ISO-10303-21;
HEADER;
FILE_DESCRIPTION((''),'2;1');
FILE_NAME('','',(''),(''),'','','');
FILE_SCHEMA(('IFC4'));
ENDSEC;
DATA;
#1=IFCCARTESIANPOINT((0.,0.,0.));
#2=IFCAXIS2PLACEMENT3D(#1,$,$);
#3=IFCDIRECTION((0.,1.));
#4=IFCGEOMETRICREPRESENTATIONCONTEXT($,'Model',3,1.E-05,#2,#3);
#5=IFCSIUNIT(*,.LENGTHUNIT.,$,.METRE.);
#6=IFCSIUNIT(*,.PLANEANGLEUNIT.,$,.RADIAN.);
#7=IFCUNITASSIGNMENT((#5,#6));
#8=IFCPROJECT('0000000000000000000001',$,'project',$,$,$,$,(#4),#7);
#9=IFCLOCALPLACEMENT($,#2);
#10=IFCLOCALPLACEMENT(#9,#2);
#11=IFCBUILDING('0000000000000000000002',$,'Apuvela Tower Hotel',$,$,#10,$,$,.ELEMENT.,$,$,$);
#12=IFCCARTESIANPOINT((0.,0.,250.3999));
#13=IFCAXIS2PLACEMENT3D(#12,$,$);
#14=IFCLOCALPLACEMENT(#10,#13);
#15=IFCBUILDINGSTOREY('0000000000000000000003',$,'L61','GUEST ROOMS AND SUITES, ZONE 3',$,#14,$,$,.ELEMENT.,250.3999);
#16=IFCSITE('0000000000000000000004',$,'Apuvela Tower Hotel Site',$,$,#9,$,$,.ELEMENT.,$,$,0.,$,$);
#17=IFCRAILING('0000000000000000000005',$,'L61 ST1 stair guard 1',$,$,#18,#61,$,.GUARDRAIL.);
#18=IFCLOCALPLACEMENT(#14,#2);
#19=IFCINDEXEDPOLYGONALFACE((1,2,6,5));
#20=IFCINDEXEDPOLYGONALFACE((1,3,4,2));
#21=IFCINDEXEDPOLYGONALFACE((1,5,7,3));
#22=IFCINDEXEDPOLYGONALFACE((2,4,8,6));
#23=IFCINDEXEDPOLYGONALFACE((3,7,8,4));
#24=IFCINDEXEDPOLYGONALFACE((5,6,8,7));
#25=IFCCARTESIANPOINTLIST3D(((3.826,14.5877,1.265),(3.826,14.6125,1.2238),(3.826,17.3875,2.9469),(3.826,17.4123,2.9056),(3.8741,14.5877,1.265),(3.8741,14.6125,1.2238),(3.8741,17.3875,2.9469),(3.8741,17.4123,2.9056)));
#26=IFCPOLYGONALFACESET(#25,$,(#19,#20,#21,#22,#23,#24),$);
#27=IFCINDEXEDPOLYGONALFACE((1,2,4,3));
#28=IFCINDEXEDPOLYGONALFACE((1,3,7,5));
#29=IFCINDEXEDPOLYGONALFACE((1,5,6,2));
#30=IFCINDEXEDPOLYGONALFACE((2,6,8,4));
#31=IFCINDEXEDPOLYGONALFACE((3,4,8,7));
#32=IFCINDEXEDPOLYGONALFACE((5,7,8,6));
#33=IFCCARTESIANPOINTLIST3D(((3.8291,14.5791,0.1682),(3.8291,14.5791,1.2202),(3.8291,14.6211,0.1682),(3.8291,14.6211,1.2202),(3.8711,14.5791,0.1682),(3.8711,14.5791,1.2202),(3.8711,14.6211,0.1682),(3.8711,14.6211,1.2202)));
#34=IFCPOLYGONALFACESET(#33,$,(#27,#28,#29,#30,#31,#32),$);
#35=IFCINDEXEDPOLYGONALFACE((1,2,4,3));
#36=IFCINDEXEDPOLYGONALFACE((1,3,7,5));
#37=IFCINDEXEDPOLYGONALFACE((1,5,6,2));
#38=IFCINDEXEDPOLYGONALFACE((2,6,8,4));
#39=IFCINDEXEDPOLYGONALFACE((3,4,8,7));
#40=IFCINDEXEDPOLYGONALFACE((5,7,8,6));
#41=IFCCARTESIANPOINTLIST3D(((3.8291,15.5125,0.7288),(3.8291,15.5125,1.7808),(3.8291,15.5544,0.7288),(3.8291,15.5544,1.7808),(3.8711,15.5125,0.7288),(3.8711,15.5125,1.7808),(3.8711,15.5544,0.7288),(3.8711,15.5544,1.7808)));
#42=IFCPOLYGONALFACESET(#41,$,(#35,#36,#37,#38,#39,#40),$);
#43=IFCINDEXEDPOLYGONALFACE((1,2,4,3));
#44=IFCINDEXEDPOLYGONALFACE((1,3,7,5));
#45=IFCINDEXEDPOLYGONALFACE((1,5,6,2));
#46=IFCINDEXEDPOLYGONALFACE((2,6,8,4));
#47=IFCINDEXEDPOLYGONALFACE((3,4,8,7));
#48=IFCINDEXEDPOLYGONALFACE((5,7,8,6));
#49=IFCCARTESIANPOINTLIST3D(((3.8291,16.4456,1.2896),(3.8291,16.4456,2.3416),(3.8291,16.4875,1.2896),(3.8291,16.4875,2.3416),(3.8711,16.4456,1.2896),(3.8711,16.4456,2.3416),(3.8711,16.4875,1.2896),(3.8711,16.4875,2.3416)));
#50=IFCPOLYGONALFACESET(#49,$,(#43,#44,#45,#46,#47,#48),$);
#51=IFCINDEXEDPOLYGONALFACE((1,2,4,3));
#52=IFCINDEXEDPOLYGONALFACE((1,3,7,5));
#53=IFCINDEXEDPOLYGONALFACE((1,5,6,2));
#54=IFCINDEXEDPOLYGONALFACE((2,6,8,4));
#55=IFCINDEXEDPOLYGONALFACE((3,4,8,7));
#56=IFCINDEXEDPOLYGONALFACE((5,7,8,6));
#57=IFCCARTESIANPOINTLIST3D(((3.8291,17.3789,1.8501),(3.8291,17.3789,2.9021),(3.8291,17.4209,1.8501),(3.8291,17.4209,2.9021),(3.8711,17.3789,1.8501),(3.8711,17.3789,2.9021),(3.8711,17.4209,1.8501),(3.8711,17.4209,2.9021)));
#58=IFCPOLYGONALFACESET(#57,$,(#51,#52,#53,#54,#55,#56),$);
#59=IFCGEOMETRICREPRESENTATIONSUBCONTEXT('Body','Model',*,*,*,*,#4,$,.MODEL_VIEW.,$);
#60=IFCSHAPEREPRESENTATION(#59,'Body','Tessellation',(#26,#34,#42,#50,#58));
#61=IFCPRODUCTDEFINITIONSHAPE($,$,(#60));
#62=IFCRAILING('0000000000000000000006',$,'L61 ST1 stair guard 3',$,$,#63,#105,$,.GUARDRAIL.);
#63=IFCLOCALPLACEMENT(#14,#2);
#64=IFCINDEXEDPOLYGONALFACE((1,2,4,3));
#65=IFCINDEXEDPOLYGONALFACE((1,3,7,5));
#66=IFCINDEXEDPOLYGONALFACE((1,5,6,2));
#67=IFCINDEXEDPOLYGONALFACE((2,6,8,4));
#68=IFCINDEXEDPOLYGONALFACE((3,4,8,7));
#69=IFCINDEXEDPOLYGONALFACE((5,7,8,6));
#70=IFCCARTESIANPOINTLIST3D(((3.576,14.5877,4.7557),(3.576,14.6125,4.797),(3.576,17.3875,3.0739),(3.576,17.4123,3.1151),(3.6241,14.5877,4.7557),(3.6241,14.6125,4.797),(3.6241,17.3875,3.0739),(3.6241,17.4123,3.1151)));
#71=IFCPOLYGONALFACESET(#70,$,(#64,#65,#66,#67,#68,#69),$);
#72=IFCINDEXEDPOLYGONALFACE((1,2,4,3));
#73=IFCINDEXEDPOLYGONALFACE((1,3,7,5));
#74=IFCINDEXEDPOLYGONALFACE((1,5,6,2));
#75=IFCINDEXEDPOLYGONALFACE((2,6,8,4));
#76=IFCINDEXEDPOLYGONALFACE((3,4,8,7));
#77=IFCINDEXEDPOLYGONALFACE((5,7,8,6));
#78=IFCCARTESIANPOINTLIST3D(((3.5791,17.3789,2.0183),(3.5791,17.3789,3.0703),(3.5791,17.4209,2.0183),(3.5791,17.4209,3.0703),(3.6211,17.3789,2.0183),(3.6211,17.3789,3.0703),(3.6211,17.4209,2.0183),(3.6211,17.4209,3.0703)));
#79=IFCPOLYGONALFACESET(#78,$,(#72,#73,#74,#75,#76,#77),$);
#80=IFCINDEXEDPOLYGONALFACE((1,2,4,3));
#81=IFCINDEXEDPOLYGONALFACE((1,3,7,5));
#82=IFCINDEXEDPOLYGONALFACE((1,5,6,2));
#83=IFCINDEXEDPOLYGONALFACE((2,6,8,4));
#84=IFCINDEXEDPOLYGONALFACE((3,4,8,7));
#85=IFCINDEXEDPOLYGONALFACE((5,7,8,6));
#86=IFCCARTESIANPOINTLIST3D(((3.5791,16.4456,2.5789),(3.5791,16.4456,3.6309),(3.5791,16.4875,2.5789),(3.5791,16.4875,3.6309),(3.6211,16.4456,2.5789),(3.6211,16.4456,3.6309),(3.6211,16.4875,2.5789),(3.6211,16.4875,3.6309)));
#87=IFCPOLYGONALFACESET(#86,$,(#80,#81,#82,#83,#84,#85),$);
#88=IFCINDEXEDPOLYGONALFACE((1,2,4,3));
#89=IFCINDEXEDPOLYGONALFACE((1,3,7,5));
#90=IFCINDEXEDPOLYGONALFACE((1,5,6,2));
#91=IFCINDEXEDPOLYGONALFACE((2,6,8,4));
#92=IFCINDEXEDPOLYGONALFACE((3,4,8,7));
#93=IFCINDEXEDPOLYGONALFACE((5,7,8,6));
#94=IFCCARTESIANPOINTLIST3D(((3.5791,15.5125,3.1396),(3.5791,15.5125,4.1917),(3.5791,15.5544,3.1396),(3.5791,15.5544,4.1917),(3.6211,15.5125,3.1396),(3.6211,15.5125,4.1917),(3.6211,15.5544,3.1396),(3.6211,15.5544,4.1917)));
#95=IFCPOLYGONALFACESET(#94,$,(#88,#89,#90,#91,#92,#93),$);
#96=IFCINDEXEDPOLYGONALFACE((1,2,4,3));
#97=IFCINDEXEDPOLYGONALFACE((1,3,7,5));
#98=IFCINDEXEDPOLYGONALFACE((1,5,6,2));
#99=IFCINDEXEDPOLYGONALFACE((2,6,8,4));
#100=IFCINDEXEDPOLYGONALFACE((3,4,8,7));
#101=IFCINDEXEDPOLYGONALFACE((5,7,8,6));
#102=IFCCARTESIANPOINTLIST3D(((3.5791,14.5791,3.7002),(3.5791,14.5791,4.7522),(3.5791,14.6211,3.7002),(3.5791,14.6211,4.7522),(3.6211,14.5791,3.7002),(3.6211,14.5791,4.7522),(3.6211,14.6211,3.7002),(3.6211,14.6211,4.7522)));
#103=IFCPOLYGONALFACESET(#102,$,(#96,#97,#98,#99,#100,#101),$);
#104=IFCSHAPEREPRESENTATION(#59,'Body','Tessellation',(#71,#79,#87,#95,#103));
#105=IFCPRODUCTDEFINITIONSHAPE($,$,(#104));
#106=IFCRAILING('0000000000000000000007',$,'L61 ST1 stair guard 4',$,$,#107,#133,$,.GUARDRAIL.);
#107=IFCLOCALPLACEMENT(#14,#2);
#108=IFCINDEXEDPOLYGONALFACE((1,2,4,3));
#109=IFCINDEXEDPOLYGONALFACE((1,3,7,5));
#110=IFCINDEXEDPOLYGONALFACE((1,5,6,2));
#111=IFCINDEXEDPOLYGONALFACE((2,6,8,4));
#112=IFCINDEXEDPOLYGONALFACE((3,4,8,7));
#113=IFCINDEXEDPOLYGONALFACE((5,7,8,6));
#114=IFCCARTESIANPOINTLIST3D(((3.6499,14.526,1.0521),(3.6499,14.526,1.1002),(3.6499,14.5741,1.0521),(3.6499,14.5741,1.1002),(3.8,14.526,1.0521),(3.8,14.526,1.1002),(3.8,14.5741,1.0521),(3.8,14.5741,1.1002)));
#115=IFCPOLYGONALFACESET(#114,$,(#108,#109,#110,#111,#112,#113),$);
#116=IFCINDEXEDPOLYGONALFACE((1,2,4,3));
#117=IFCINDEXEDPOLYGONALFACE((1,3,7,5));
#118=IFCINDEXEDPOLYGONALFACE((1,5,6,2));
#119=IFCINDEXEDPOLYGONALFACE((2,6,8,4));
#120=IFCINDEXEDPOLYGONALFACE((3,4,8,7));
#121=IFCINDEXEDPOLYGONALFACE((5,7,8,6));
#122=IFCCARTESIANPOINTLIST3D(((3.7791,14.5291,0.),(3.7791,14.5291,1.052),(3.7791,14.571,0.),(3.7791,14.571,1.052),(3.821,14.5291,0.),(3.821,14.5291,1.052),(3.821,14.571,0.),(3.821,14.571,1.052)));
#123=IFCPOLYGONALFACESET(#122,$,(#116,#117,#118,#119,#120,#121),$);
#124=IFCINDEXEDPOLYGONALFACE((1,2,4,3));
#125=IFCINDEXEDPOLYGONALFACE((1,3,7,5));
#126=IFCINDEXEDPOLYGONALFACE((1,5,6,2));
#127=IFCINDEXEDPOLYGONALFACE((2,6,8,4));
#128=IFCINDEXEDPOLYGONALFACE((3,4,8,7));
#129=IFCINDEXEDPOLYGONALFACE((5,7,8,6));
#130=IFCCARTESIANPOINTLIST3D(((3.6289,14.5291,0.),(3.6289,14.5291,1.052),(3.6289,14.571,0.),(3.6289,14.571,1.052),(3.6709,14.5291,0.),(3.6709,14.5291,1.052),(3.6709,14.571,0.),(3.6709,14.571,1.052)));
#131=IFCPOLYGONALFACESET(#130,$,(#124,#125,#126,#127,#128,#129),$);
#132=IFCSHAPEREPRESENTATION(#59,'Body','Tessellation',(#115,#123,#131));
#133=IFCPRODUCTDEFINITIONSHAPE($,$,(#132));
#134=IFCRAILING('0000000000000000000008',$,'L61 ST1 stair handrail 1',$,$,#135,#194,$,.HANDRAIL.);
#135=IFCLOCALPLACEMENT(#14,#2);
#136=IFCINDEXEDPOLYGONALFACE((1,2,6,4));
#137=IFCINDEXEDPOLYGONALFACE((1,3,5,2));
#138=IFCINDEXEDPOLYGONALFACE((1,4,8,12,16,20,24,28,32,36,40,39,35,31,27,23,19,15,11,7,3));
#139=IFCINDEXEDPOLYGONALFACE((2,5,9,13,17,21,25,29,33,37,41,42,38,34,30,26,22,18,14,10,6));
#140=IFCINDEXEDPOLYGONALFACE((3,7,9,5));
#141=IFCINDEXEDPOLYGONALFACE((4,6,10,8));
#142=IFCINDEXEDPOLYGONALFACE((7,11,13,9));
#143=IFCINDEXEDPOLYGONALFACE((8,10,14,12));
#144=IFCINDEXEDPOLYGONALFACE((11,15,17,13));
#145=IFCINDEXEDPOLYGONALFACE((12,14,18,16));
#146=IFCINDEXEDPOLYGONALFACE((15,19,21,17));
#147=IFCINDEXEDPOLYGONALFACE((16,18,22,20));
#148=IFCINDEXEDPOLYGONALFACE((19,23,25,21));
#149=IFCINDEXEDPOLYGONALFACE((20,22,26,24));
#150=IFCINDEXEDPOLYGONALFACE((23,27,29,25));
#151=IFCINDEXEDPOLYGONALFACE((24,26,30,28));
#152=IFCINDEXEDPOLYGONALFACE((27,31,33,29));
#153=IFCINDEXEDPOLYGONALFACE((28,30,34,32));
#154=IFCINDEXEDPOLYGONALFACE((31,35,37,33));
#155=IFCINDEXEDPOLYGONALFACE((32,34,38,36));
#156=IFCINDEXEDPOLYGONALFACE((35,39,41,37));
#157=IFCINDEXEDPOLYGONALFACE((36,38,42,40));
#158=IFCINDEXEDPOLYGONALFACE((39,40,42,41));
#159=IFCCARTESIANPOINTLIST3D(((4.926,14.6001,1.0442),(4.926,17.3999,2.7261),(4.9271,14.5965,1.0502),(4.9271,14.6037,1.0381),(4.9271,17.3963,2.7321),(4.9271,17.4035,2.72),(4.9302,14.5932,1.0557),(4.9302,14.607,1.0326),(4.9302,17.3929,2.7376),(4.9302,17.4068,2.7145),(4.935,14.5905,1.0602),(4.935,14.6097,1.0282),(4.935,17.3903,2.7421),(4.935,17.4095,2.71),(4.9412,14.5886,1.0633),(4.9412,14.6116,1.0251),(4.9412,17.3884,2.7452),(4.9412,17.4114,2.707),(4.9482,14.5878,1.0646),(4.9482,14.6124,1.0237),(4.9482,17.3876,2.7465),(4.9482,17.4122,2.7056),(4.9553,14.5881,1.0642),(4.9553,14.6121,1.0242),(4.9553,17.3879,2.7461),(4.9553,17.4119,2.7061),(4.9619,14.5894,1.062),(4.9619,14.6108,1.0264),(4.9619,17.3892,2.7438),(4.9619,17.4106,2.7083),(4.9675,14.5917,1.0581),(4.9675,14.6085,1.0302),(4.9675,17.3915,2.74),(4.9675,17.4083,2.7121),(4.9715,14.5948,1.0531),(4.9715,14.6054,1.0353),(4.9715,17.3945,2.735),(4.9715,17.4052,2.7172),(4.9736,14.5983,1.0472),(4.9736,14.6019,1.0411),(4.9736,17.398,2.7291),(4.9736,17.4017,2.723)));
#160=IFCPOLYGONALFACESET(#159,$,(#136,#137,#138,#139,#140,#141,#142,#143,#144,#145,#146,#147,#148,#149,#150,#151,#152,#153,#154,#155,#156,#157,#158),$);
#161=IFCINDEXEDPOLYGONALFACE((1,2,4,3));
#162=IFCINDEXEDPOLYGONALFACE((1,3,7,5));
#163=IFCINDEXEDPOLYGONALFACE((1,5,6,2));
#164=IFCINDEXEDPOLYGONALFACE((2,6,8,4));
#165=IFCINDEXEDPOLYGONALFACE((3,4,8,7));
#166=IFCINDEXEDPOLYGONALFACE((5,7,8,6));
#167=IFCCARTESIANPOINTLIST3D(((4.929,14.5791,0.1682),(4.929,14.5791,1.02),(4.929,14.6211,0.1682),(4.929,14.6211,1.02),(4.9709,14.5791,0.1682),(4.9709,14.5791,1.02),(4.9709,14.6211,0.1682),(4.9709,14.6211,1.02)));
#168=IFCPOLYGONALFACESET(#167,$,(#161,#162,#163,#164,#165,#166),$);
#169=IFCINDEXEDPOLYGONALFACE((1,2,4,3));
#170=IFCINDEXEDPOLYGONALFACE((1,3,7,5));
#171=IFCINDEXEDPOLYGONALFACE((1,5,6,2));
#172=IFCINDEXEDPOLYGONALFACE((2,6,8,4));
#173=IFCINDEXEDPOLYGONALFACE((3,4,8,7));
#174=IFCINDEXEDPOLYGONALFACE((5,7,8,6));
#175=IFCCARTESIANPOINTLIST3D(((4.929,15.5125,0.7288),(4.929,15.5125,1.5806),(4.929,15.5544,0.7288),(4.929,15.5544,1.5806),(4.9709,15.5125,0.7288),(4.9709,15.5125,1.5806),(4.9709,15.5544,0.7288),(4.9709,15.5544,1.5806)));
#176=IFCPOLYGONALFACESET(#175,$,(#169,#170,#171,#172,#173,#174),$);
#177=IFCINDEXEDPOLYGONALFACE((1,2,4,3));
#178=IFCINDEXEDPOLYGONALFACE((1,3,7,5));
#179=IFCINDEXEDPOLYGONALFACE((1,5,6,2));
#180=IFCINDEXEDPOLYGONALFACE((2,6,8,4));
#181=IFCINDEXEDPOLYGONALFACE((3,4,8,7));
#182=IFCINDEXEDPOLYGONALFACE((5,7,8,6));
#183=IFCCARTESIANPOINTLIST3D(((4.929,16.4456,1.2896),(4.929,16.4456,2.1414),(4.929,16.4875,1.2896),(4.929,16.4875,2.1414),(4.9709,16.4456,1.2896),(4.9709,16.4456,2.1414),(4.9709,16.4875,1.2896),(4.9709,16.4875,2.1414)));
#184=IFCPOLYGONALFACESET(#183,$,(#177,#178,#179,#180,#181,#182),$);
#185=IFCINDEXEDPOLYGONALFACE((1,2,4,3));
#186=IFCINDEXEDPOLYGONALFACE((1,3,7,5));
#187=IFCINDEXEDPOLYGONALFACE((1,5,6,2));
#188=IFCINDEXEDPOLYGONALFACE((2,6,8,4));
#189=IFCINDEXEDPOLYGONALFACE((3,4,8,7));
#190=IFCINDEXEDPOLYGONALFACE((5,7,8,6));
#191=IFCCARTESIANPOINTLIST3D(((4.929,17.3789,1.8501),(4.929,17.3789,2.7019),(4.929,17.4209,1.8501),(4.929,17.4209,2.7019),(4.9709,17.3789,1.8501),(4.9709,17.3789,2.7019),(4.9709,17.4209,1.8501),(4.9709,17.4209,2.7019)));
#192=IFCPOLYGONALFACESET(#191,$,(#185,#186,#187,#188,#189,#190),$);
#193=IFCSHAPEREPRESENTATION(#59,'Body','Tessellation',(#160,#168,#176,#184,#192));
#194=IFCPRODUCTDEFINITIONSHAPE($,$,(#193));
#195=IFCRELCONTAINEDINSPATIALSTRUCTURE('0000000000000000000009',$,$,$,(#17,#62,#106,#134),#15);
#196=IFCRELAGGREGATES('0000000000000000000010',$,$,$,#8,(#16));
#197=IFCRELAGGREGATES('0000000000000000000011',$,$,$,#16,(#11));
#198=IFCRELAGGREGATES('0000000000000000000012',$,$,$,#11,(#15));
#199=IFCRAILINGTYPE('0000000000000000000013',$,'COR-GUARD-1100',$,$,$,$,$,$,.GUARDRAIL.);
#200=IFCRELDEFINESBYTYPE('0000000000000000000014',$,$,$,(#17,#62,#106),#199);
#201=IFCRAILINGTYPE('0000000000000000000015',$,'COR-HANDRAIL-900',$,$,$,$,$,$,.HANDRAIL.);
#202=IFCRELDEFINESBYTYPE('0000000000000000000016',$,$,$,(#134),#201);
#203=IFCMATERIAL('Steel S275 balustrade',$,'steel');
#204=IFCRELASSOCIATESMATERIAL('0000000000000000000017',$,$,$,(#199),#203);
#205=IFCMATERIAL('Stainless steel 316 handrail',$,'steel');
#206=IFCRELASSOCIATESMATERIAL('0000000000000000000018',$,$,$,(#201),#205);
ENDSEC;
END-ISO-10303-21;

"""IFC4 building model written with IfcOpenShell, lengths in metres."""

from ifc_helpers import new_model, si_unit, direction, frame, origin, origin_2d, place, context, subcontext, project, spatial, rectangle, circle, extrude, material, type_object, element, save


model = new_model("IFC4")

# Units and contexts
model_context = context("Model", 3, precision=1e-05, world=origin(), true_north=direction((0.0, 1.0)))
body_context = subcontext(model_context, "Body", "Model", "MODEL_VIEW")
ifc_project = project(units=[si_unit("LENGTHUNIT", "METRE"), si_unit("PLANEANGLEUNIT", "RADIAN")], contexts=[model_context])

# Site, building, storey
site_placement = place(None, origin())
site = spatial("IfcSite", under=ifc_project, at=site_placement, Name="Apuvela Tower Hotel Site", CompositionType="ELEMENT", RefElevation=0.0)
building_placement = place(site_placement, origin())
building = spatial("IfcBuilding", under=site, at=building_placement, Name="Apuvela Tower Hotel", CompositionType="ELEMENT")
storey_placement = place(building_placement, frame((0.0, 0.0, 250.3999)))
storey = spatial("IfcBuildingStorey", under=building, at=storey_placement, Name="L61", Description="GUEST ROOMS AND SUITES, ZONE 3", CompositionType="ELEMENT", Elevation=250.3999)

# Railings
ifc_material_1 = material(Name="Steel S275 balustrade", Category="steel")
railing_type_1 = type_object("IfcRailingType", Name="COR-GUARD-1100", PredefinedType="GUARDRAIL", material=ifc_material_1)
railing_1_placement = place(storey_placement, frame((3.8501, 14.6001, 0.1682)))
element("IfcRailing", 1, at=railing_1_placement, inside=storey, type_object=railing_type_1, Name="L61 ST1 stair guard 1", PredefinedType="GUARDRAIL", context=body_context, shape_type="SweptSolid", body=[
    extrude(rectangle(XDim=0.0481, YDim=0.0481, at=origin_2d()), frame((0.0, 0.0, 1.0762), z_axis=(0.0, 0.857222, 0.514946), x_axis=(-1.0, 0.0, 0.0)), (0.0, 0.0, 1.0), 3.2661),
    extrude(rectangle(XDim=0.042, YDim=0.042, at=origin_2d()), origin(), (0.0, 0.0, 1.0), 1.052),
    extrude(rectangle(XDim=0.042, YDim=0.042, at=origin_2d()), frame((0.0, 0.9333, 0.5605)), (0.0, 0.0, 1.0), 1.052),
    extrude(rectangle(XDim=0.042, YDim=0.042, at=origin_2d()), frame((0.0, 1.8665, 1.1213)), (0.0, 0.0, 1.0), 1.052),
    extrude(rectangle(XDim=0.042, YDim=0.042, at=origin_2d()), frame((0.0, 2.7998, 1.6819)), (0.0, 0.0, 1.0), 1.052),
])
railing_2_placement = place(storey_placement, frame((3.6001, 17.3999, 2.0183)))
element("IfcRailing", 2, at=railing_2_placement, inside=storey, type_object=railing_type_1, Name="L61 ST1 stair guard 3", PredefinedType="GUARDRAIL", context=body_context, shape_type="SweptSolid", body=[
    extrude(rectangle(XDim=0.0481, YDim=0.0481, at=origin_2d()), frame((0.0, 0.0, 1.0762), z_axis=(0.0, -0.857222, 0.514946), x_axis=(1.0, 0.0, 0.0)), (0.0, 0.0, 1.0), 3.2661),
    extrude(rectangle(XDim=0.042, YDim=0.042, at=origin_2d()), origin(), (0.0, 0.0, 1.0), 1.052),
    extrude(rectangle(XDim=0.042, YDim=0.042, at=origin_2d()), frame((0.0, -0.9333, 0.5605)), (0.0, 0.0, 1.0), 1.052),
    extrude(rectangle(XDim=0.042, YDim=0.042, at=origin_2d()), frame((0.0, -1.8665, 1.1213)), (0.0, 0.0, 1.0), 1.052),
    extrude(rectangle(XDim=0.042, YDim=0.042, at=origin_2d()), frame((0.0, -2.7998, 1.6819)), (0.0, 0.0, 1.0), 1.052),
])
railing_3_placement = place(storey_placement, frame((3.8, 14.55, 0.0)))
element("IfcRailing", 3, at=railing_3_placement, inside=storey, type_object=railing_type_1, Name="L61 ST1 stair guard 4", PredefinedType="GUARDRAIL", context=body_context, shape_type="SweptSolid", body=[
    extrude(rectangle(XDim=0.0481, YDim=0.0481, at=origin_2d()), frame((0.0, 0.0, 1.0762), z_axis=(-1.0, 0.0, 0.0), x_axis=(0.0, -1.0, 0.0)), (0.0, 0.0, 1.0), 0.1501),
    extrude(rectangle(XDim=0.042, YDim=0.042, at=origin_2d()), origin(), (0.0, 0.0, 1.0), 1.052),
    extrude(rectangle(XDim=0.042, YDim=0.042, at=origin_2d()), frame((-0.1501, 0.0, 0.0)), (0.0, 0.0, 1.0), 1.052),
])
ifc_material_2 = material(Name="Stainless steel 316 handrail", Category="steel")
railing_type_2 = type_object("IfcRailingType", Name="COR-HANDRAIL-900", PredefinedType="HANDRAIL", material=ifc_material_2)
railing_4_placement = place(storey_placement, frame((4.95, 14.6001, 0.1682)))
element("IfcRailing", 4, at=railing_4_placement, inside=storey, type_object=railing_type_2, Name="L61 ST1 stair handrail 1", PredefinedType="HANDRAIL", context=body_context, shape_type="SweptSolid", body=[
    extrude(circle(Radius=0.0239, at=origin_2d()), frame((0.0, 0.0, 0.876), z_axis=(0.0, 0.857222, 0.514946), x_axis=(-1.0, 0.0, 0.0)), (0.0, 0.0, 1.0), 3.2661),
    extrude(rectangle(XDim=0.042, YDim=0.042, at=origin_2d()), origin(), (0.0, 0.0, 1.0), 0.8518),
    extrude(rectangle(XDim=0.042, YDim=0.042, at=origin_2d()), frame((0.0, 0.9333, 0.5605)), (0.0, 0.0, 1.0), 0.8518),
    extrude(rectangle(XDim=0.042, YDim=0.042, at=origin_2d()), frame((0.0, 1.8665, 1.1213)), (0.0, 0.0, 1.0), 0.8518),
    extrude(rectangle(XDim=0.042, YDim=0.042, at=origin_2d()), frame((0.0, 2.7998, 1.6819)), (0.0, 0.0, 1.0), 0.8518),
])

save(model, "model.ifc")
